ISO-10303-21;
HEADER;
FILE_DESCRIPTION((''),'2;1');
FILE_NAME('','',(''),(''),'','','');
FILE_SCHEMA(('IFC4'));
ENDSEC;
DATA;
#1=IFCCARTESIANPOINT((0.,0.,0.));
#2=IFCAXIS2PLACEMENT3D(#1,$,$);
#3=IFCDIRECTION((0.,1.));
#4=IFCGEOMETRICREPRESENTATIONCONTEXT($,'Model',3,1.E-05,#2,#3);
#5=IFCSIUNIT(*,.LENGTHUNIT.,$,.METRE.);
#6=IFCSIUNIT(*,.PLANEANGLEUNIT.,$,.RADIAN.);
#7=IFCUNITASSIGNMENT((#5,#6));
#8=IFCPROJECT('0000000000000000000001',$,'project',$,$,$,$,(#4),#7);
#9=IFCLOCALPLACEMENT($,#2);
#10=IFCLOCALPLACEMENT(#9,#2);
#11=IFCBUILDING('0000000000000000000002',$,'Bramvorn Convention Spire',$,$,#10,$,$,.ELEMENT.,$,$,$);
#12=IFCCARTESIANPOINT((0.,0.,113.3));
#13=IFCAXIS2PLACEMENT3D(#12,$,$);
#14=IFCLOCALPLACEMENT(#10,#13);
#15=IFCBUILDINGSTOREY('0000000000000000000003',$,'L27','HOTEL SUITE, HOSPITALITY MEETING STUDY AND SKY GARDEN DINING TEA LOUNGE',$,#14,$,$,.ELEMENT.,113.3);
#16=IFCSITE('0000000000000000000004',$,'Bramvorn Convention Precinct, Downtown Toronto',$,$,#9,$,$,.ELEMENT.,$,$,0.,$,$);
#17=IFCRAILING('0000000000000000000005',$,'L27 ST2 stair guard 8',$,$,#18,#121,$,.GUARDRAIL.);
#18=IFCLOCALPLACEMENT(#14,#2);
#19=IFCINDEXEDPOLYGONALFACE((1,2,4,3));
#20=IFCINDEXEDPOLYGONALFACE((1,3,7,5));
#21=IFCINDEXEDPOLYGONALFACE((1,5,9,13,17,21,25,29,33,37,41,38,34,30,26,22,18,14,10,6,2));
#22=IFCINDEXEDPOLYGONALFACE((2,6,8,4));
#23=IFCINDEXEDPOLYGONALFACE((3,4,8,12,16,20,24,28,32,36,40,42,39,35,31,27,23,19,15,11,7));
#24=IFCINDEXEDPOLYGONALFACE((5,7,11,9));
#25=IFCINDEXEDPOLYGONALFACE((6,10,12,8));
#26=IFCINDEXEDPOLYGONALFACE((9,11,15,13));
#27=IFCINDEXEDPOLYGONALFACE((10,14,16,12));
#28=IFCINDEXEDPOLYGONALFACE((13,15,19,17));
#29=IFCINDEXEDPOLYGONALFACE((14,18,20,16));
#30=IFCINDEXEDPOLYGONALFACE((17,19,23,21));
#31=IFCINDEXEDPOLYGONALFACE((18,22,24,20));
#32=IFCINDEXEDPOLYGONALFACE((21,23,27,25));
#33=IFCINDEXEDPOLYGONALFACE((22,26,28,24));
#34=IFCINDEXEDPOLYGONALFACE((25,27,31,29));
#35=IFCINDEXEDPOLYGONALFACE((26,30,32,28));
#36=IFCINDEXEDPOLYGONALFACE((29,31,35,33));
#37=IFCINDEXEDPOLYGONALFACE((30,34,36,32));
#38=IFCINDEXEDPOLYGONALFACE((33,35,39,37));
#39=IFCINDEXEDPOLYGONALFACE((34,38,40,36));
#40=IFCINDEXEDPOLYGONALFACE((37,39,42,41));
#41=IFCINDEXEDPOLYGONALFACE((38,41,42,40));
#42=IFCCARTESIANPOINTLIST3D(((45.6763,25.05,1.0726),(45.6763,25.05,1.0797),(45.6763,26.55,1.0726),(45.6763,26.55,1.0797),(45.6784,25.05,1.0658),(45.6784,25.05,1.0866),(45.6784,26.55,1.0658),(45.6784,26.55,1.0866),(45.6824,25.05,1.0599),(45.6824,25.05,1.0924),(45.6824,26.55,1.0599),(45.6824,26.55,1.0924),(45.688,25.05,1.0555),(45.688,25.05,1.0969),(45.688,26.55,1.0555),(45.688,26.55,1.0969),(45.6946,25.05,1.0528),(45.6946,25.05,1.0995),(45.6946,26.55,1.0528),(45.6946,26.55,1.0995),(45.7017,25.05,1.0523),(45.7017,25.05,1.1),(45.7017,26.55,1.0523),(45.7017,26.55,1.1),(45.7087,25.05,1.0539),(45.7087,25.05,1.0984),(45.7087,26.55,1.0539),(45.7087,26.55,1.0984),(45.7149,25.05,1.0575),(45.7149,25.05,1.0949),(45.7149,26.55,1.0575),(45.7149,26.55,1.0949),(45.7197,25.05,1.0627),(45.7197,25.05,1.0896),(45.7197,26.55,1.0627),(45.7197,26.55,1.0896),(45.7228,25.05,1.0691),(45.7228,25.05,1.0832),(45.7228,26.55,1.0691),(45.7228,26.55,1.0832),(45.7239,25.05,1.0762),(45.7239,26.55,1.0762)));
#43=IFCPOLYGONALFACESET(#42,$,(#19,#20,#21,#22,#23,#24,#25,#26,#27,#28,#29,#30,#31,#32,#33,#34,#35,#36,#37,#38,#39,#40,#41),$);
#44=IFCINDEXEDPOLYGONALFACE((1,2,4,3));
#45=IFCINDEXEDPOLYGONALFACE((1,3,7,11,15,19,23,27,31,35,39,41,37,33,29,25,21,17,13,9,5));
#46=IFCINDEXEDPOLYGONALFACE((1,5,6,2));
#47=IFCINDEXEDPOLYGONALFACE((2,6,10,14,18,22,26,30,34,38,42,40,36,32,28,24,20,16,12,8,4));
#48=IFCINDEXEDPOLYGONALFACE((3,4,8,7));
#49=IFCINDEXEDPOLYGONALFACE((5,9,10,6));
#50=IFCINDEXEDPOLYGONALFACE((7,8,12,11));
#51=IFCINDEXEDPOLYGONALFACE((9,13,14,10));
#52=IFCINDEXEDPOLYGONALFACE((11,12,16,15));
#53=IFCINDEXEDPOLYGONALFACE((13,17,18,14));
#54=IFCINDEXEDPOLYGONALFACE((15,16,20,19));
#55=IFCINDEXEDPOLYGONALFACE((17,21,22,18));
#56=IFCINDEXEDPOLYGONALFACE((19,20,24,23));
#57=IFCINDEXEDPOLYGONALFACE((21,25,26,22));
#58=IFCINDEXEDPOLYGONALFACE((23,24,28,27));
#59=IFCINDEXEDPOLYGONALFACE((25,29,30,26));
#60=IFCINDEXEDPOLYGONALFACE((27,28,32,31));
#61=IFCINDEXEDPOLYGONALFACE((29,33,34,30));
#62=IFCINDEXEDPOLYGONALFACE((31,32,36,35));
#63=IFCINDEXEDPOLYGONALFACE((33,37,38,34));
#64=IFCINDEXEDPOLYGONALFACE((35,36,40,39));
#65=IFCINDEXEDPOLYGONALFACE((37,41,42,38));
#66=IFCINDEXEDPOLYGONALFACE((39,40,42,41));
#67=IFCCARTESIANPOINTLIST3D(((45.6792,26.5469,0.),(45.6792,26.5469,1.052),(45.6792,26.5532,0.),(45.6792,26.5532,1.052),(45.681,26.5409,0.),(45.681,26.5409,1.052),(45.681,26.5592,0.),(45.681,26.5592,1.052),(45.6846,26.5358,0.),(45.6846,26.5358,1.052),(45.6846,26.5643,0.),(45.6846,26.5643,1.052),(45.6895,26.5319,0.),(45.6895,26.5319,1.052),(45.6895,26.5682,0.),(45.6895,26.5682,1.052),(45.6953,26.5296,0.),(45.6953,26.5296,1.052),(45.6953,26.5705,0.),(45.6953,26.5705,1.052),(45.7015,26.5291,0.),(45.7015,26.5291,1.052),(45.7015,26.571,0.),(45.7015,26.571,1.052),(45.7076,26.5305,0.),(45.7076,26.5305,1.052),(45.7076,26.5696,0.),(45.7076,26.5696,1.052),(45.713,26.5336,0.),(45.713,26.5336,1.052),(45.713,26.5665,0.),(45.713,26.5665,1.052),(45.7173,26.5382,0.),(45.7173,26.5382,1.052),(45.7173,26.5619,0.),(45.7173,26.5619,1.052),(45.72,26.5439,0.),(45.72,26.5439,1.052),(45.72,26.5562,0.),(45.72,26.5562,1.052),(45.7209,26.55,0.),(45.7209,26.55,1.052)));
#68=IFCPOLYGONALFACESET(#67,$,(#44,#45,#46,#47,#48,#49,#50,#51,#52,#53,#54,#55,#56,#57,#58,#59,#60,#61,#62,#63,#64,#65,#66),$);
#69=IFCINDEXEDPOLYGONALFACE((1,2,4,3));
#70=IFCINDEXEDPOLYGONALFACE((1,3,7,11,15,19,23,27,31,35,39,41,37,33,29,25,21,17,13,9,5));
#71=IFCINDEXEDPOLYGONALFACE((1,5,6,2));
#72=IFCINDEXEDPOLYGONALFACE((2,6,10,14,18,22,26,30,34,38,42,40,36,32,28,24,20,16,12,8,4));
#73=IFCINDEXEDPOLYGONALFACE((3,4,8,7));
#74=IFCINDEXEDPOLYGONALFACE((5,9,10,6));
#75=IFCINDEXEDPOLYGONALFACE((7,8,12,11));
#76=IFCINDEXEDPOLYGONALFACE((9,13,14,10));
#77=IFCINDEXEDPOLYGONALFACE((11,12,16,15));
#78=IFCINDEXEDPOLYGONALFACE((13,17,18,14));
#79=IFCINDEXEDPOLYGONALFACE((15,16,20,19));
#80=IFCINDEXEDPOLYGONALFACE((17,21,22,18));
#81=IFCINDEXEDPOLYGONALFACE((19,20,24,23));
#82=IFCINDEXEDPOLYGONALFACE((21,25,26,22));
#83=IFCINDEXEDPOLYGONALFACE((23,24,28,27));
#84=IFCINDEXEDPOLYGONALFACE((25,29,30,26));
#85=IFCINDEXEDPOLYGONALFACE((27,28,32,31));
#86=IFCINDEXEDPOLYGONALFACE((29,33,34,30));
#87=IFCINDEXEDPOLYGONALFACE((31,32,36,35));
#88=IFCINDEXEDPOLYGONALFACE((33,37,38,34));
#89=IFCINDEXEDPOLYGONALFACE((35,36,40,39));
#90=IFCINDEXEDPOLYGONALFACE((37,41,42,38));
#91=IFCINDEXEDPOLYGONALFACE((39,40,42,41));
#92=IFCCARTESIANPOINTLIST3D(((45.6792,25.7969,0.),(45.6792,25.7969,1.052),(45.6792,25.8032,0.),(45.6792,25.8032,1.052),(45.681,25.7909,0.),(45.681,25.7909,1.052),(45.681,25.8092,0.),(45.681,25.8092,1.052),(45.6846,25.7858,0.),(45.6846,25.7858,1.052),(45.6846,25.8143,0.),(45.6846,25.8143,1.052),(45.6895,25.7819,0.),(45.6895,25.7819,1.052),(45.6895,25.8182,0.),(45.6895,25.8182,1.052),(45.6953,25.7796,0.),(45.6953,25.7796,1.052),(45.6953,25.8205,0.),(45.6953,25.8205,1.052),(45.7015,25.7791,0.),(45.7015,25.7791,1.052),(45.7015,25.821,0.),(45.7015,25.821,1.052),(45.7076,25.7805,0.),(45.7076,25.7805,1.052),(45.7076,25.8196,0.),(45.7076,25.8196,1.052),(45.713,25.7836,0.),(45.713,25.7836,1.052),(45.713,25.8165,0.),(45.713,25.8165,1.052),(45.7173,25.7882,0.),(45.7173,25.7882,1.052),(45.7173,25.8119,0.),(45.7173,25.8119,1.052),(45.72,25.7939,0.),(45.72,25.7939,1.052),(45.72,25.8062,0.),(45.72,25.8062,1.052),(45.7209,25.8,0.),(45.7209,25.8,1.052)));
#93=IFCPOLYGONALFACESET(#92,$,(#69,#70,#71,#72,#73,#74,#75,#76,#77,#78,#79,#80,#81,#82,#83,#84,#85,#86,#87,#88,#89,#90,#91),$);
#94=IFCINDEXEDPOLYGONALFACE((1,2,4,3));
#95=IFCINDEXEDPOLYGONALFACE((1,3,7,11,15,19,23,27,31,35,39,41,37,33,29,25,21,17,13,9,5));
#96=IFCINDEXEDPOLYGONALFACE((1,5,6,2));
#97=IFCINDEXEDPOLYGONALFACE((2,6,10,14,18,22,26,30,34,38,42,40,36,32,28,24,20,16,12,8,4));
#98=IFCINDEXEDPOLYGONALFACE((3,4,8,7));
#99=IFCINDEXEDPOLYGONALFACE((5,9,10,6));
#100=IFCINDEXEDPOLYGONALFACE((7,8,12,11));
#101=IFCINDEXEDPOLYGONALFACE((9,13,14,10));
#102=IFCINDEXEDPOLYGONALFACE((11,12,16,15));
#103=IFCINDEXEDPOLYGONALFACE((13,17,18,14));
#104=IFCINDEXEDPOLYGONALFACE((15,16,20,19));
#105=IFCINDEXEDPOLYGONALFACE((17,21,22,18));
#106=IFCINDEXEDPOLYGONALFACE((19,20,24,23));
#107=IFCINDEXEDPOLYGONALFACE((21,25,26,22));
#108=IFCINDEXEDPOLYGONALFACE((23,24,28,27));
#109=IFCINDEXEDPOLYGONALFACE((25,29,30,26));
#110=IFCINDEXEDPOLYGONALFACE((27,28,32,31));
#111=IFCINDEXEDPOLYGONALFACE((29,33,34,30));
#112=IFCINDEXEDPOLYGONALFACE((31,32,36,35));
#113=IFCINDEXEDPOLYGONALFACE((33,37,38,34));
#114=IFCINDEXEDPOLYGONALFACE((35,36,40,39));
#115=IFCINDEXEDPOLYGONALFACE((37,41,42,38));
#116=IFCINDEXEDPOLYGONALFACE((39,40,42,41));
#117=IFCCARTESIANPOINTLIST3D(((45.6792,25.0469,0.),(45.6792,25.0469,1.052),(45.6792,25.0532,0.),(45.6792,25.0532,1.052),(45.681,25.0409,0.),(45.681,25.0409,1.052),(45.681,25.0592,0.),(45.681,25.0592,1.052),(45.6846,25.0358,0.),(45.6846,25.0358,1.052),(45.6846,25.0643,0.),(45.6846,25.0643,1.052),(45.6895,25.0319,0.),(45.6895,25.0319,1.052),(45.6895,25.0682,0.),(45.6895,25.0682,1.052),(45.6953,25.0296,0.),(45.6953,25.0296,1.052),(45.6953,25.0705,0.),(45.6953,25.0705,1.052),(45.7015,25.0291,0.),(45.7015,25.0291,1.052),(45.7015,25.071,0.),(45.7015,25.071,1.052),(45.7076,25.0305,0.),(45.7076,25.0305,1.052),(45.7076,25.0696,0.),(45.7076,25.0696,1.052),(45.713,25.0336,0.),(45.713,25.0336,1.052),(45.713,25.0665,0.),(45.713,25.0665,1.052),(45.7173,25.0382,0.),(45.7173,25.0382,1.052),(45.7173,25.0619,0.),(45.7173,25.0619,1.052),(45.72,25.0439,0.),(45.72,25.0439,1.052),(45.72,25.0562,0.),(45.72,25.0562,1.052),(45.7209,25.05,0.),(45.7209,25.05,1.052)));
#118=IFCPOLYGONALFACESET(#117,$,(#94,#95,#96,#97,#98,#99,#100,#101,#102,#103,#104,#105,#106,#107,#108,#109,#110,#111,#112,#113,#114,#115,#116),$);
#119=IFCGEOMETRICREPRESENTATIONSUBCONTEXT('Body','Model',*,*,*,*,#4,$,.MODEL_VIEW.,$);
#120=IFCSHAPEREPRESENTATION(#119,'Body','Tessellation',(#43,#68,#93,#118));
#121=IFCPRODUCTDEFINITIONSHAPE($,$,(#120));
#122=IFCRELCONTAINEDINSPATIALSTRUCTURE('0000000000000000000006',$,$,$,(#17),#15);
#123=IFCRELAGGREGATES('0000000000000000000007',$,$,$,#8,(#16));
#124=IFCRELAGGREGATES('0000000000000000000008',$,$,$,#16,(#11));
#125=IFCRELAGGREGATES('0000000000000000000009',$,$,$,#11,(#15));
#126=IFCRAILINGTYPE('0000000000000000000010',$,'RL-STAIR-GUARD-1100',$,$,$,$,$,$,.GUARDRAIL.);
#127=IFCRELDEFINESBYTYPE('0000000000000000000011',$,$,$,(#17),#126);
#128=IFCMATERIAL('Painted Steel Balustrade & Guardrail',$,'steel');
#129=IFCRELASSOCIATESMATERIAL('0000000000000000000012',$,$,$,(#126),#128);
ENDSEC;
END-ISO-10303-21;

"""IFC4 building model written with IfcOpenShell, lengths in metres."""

from ifc_helpers import new_model, si_unit, direction, frame, origin, origin_2d, place, context, subcontext, project, spatial, circle, extrude, material, type_object, element, save


model = new_model("IFC4")

# Units and contexts
model_context = context("Model", 3, precision=1e-05, world=origin(), true_north=direction((0.0, 1.0)))
body_context = subcontext(model_context, "Body", "Model", "MODEL_VIEW")
ifc_project = project(units=[si_unit("LENGTHUNIT", "METRE"), si_unit("PLANEANGLEUNIT", "RADIAN")], contexts=[model_context])

# Site, building, storey
site_placement = place(None, origin())
site = spatial("IfcSite", under=ifc_project, at=site_placement, Name="Bramvorn Convention Precinct, Downtown Toronto", CompositionType="ELEMENT", RefElevation=0.0)
building_placement = place(site_placement, origin())
building = spatial("IfcBuilding", under=site, at=building_placement, Name="Bramvorn Convention Spire", CompositionType="ELEMENT")
storey_placement = place(building_placement, frame((0.0, 0.0, 113.3)))
storey = spatial("IfcBuildingStorey", under=building, at=storey_placement, Name="L27", Description="HOTEL SUITE, HOSPITALITY MEETING STUDY AND SKY GARDEN DINING TEA LOUNGE", CompositionType="ELEMENT", Elevation=113.3)

# Railing
ifc_material_1 = material(Name="Painted Steel Balustrade & Guardrail", Category="steel")
railing_type_1 = type_object("IfcRailingType", Name="RL-STAIR-GUARD-1100", PredefinedType="GUARDRAIL", material=ifc_material_1)
railing_1_placement = place(storey_placement, frame((45.7, 26.55, 0.0)))
element("IfcRailing", 1, at=railing_1_placement, inside=storey, type_object=railing_type_1, Name="L27 ST2 stair guard 8", PredefinedType="GUARDRAIL", context=body_context, shape_type="SweptSolid", body=[
    extrude(circle(Radius=0.0239, at=origin_2d()), frame((0.0, 0.0, 1.0762), z_axis=(0.0, -1.0, 0.0), x_axis=(1.0, 0.0, 0.0)), (0.0, 0.0, 1.0), 1.5),
    extrude(circle(Radius=0.021, at=origin_2d()), origin(), (0.0, 0.0, 1.0), 1.052),
    extrude(circle(Radius=0.021, at=origin_2d()), frame((0.0, -0.75, 0.0)), (0.0, 0.0, 1.0), 1.052),
    extrude(circle(Radius=0.021, at=origin_2d()), frame((0.0, -1.5, 0.0)), (0.0, 0.0, 1.0), 1.052),
])

save(model, "model.ifc")
